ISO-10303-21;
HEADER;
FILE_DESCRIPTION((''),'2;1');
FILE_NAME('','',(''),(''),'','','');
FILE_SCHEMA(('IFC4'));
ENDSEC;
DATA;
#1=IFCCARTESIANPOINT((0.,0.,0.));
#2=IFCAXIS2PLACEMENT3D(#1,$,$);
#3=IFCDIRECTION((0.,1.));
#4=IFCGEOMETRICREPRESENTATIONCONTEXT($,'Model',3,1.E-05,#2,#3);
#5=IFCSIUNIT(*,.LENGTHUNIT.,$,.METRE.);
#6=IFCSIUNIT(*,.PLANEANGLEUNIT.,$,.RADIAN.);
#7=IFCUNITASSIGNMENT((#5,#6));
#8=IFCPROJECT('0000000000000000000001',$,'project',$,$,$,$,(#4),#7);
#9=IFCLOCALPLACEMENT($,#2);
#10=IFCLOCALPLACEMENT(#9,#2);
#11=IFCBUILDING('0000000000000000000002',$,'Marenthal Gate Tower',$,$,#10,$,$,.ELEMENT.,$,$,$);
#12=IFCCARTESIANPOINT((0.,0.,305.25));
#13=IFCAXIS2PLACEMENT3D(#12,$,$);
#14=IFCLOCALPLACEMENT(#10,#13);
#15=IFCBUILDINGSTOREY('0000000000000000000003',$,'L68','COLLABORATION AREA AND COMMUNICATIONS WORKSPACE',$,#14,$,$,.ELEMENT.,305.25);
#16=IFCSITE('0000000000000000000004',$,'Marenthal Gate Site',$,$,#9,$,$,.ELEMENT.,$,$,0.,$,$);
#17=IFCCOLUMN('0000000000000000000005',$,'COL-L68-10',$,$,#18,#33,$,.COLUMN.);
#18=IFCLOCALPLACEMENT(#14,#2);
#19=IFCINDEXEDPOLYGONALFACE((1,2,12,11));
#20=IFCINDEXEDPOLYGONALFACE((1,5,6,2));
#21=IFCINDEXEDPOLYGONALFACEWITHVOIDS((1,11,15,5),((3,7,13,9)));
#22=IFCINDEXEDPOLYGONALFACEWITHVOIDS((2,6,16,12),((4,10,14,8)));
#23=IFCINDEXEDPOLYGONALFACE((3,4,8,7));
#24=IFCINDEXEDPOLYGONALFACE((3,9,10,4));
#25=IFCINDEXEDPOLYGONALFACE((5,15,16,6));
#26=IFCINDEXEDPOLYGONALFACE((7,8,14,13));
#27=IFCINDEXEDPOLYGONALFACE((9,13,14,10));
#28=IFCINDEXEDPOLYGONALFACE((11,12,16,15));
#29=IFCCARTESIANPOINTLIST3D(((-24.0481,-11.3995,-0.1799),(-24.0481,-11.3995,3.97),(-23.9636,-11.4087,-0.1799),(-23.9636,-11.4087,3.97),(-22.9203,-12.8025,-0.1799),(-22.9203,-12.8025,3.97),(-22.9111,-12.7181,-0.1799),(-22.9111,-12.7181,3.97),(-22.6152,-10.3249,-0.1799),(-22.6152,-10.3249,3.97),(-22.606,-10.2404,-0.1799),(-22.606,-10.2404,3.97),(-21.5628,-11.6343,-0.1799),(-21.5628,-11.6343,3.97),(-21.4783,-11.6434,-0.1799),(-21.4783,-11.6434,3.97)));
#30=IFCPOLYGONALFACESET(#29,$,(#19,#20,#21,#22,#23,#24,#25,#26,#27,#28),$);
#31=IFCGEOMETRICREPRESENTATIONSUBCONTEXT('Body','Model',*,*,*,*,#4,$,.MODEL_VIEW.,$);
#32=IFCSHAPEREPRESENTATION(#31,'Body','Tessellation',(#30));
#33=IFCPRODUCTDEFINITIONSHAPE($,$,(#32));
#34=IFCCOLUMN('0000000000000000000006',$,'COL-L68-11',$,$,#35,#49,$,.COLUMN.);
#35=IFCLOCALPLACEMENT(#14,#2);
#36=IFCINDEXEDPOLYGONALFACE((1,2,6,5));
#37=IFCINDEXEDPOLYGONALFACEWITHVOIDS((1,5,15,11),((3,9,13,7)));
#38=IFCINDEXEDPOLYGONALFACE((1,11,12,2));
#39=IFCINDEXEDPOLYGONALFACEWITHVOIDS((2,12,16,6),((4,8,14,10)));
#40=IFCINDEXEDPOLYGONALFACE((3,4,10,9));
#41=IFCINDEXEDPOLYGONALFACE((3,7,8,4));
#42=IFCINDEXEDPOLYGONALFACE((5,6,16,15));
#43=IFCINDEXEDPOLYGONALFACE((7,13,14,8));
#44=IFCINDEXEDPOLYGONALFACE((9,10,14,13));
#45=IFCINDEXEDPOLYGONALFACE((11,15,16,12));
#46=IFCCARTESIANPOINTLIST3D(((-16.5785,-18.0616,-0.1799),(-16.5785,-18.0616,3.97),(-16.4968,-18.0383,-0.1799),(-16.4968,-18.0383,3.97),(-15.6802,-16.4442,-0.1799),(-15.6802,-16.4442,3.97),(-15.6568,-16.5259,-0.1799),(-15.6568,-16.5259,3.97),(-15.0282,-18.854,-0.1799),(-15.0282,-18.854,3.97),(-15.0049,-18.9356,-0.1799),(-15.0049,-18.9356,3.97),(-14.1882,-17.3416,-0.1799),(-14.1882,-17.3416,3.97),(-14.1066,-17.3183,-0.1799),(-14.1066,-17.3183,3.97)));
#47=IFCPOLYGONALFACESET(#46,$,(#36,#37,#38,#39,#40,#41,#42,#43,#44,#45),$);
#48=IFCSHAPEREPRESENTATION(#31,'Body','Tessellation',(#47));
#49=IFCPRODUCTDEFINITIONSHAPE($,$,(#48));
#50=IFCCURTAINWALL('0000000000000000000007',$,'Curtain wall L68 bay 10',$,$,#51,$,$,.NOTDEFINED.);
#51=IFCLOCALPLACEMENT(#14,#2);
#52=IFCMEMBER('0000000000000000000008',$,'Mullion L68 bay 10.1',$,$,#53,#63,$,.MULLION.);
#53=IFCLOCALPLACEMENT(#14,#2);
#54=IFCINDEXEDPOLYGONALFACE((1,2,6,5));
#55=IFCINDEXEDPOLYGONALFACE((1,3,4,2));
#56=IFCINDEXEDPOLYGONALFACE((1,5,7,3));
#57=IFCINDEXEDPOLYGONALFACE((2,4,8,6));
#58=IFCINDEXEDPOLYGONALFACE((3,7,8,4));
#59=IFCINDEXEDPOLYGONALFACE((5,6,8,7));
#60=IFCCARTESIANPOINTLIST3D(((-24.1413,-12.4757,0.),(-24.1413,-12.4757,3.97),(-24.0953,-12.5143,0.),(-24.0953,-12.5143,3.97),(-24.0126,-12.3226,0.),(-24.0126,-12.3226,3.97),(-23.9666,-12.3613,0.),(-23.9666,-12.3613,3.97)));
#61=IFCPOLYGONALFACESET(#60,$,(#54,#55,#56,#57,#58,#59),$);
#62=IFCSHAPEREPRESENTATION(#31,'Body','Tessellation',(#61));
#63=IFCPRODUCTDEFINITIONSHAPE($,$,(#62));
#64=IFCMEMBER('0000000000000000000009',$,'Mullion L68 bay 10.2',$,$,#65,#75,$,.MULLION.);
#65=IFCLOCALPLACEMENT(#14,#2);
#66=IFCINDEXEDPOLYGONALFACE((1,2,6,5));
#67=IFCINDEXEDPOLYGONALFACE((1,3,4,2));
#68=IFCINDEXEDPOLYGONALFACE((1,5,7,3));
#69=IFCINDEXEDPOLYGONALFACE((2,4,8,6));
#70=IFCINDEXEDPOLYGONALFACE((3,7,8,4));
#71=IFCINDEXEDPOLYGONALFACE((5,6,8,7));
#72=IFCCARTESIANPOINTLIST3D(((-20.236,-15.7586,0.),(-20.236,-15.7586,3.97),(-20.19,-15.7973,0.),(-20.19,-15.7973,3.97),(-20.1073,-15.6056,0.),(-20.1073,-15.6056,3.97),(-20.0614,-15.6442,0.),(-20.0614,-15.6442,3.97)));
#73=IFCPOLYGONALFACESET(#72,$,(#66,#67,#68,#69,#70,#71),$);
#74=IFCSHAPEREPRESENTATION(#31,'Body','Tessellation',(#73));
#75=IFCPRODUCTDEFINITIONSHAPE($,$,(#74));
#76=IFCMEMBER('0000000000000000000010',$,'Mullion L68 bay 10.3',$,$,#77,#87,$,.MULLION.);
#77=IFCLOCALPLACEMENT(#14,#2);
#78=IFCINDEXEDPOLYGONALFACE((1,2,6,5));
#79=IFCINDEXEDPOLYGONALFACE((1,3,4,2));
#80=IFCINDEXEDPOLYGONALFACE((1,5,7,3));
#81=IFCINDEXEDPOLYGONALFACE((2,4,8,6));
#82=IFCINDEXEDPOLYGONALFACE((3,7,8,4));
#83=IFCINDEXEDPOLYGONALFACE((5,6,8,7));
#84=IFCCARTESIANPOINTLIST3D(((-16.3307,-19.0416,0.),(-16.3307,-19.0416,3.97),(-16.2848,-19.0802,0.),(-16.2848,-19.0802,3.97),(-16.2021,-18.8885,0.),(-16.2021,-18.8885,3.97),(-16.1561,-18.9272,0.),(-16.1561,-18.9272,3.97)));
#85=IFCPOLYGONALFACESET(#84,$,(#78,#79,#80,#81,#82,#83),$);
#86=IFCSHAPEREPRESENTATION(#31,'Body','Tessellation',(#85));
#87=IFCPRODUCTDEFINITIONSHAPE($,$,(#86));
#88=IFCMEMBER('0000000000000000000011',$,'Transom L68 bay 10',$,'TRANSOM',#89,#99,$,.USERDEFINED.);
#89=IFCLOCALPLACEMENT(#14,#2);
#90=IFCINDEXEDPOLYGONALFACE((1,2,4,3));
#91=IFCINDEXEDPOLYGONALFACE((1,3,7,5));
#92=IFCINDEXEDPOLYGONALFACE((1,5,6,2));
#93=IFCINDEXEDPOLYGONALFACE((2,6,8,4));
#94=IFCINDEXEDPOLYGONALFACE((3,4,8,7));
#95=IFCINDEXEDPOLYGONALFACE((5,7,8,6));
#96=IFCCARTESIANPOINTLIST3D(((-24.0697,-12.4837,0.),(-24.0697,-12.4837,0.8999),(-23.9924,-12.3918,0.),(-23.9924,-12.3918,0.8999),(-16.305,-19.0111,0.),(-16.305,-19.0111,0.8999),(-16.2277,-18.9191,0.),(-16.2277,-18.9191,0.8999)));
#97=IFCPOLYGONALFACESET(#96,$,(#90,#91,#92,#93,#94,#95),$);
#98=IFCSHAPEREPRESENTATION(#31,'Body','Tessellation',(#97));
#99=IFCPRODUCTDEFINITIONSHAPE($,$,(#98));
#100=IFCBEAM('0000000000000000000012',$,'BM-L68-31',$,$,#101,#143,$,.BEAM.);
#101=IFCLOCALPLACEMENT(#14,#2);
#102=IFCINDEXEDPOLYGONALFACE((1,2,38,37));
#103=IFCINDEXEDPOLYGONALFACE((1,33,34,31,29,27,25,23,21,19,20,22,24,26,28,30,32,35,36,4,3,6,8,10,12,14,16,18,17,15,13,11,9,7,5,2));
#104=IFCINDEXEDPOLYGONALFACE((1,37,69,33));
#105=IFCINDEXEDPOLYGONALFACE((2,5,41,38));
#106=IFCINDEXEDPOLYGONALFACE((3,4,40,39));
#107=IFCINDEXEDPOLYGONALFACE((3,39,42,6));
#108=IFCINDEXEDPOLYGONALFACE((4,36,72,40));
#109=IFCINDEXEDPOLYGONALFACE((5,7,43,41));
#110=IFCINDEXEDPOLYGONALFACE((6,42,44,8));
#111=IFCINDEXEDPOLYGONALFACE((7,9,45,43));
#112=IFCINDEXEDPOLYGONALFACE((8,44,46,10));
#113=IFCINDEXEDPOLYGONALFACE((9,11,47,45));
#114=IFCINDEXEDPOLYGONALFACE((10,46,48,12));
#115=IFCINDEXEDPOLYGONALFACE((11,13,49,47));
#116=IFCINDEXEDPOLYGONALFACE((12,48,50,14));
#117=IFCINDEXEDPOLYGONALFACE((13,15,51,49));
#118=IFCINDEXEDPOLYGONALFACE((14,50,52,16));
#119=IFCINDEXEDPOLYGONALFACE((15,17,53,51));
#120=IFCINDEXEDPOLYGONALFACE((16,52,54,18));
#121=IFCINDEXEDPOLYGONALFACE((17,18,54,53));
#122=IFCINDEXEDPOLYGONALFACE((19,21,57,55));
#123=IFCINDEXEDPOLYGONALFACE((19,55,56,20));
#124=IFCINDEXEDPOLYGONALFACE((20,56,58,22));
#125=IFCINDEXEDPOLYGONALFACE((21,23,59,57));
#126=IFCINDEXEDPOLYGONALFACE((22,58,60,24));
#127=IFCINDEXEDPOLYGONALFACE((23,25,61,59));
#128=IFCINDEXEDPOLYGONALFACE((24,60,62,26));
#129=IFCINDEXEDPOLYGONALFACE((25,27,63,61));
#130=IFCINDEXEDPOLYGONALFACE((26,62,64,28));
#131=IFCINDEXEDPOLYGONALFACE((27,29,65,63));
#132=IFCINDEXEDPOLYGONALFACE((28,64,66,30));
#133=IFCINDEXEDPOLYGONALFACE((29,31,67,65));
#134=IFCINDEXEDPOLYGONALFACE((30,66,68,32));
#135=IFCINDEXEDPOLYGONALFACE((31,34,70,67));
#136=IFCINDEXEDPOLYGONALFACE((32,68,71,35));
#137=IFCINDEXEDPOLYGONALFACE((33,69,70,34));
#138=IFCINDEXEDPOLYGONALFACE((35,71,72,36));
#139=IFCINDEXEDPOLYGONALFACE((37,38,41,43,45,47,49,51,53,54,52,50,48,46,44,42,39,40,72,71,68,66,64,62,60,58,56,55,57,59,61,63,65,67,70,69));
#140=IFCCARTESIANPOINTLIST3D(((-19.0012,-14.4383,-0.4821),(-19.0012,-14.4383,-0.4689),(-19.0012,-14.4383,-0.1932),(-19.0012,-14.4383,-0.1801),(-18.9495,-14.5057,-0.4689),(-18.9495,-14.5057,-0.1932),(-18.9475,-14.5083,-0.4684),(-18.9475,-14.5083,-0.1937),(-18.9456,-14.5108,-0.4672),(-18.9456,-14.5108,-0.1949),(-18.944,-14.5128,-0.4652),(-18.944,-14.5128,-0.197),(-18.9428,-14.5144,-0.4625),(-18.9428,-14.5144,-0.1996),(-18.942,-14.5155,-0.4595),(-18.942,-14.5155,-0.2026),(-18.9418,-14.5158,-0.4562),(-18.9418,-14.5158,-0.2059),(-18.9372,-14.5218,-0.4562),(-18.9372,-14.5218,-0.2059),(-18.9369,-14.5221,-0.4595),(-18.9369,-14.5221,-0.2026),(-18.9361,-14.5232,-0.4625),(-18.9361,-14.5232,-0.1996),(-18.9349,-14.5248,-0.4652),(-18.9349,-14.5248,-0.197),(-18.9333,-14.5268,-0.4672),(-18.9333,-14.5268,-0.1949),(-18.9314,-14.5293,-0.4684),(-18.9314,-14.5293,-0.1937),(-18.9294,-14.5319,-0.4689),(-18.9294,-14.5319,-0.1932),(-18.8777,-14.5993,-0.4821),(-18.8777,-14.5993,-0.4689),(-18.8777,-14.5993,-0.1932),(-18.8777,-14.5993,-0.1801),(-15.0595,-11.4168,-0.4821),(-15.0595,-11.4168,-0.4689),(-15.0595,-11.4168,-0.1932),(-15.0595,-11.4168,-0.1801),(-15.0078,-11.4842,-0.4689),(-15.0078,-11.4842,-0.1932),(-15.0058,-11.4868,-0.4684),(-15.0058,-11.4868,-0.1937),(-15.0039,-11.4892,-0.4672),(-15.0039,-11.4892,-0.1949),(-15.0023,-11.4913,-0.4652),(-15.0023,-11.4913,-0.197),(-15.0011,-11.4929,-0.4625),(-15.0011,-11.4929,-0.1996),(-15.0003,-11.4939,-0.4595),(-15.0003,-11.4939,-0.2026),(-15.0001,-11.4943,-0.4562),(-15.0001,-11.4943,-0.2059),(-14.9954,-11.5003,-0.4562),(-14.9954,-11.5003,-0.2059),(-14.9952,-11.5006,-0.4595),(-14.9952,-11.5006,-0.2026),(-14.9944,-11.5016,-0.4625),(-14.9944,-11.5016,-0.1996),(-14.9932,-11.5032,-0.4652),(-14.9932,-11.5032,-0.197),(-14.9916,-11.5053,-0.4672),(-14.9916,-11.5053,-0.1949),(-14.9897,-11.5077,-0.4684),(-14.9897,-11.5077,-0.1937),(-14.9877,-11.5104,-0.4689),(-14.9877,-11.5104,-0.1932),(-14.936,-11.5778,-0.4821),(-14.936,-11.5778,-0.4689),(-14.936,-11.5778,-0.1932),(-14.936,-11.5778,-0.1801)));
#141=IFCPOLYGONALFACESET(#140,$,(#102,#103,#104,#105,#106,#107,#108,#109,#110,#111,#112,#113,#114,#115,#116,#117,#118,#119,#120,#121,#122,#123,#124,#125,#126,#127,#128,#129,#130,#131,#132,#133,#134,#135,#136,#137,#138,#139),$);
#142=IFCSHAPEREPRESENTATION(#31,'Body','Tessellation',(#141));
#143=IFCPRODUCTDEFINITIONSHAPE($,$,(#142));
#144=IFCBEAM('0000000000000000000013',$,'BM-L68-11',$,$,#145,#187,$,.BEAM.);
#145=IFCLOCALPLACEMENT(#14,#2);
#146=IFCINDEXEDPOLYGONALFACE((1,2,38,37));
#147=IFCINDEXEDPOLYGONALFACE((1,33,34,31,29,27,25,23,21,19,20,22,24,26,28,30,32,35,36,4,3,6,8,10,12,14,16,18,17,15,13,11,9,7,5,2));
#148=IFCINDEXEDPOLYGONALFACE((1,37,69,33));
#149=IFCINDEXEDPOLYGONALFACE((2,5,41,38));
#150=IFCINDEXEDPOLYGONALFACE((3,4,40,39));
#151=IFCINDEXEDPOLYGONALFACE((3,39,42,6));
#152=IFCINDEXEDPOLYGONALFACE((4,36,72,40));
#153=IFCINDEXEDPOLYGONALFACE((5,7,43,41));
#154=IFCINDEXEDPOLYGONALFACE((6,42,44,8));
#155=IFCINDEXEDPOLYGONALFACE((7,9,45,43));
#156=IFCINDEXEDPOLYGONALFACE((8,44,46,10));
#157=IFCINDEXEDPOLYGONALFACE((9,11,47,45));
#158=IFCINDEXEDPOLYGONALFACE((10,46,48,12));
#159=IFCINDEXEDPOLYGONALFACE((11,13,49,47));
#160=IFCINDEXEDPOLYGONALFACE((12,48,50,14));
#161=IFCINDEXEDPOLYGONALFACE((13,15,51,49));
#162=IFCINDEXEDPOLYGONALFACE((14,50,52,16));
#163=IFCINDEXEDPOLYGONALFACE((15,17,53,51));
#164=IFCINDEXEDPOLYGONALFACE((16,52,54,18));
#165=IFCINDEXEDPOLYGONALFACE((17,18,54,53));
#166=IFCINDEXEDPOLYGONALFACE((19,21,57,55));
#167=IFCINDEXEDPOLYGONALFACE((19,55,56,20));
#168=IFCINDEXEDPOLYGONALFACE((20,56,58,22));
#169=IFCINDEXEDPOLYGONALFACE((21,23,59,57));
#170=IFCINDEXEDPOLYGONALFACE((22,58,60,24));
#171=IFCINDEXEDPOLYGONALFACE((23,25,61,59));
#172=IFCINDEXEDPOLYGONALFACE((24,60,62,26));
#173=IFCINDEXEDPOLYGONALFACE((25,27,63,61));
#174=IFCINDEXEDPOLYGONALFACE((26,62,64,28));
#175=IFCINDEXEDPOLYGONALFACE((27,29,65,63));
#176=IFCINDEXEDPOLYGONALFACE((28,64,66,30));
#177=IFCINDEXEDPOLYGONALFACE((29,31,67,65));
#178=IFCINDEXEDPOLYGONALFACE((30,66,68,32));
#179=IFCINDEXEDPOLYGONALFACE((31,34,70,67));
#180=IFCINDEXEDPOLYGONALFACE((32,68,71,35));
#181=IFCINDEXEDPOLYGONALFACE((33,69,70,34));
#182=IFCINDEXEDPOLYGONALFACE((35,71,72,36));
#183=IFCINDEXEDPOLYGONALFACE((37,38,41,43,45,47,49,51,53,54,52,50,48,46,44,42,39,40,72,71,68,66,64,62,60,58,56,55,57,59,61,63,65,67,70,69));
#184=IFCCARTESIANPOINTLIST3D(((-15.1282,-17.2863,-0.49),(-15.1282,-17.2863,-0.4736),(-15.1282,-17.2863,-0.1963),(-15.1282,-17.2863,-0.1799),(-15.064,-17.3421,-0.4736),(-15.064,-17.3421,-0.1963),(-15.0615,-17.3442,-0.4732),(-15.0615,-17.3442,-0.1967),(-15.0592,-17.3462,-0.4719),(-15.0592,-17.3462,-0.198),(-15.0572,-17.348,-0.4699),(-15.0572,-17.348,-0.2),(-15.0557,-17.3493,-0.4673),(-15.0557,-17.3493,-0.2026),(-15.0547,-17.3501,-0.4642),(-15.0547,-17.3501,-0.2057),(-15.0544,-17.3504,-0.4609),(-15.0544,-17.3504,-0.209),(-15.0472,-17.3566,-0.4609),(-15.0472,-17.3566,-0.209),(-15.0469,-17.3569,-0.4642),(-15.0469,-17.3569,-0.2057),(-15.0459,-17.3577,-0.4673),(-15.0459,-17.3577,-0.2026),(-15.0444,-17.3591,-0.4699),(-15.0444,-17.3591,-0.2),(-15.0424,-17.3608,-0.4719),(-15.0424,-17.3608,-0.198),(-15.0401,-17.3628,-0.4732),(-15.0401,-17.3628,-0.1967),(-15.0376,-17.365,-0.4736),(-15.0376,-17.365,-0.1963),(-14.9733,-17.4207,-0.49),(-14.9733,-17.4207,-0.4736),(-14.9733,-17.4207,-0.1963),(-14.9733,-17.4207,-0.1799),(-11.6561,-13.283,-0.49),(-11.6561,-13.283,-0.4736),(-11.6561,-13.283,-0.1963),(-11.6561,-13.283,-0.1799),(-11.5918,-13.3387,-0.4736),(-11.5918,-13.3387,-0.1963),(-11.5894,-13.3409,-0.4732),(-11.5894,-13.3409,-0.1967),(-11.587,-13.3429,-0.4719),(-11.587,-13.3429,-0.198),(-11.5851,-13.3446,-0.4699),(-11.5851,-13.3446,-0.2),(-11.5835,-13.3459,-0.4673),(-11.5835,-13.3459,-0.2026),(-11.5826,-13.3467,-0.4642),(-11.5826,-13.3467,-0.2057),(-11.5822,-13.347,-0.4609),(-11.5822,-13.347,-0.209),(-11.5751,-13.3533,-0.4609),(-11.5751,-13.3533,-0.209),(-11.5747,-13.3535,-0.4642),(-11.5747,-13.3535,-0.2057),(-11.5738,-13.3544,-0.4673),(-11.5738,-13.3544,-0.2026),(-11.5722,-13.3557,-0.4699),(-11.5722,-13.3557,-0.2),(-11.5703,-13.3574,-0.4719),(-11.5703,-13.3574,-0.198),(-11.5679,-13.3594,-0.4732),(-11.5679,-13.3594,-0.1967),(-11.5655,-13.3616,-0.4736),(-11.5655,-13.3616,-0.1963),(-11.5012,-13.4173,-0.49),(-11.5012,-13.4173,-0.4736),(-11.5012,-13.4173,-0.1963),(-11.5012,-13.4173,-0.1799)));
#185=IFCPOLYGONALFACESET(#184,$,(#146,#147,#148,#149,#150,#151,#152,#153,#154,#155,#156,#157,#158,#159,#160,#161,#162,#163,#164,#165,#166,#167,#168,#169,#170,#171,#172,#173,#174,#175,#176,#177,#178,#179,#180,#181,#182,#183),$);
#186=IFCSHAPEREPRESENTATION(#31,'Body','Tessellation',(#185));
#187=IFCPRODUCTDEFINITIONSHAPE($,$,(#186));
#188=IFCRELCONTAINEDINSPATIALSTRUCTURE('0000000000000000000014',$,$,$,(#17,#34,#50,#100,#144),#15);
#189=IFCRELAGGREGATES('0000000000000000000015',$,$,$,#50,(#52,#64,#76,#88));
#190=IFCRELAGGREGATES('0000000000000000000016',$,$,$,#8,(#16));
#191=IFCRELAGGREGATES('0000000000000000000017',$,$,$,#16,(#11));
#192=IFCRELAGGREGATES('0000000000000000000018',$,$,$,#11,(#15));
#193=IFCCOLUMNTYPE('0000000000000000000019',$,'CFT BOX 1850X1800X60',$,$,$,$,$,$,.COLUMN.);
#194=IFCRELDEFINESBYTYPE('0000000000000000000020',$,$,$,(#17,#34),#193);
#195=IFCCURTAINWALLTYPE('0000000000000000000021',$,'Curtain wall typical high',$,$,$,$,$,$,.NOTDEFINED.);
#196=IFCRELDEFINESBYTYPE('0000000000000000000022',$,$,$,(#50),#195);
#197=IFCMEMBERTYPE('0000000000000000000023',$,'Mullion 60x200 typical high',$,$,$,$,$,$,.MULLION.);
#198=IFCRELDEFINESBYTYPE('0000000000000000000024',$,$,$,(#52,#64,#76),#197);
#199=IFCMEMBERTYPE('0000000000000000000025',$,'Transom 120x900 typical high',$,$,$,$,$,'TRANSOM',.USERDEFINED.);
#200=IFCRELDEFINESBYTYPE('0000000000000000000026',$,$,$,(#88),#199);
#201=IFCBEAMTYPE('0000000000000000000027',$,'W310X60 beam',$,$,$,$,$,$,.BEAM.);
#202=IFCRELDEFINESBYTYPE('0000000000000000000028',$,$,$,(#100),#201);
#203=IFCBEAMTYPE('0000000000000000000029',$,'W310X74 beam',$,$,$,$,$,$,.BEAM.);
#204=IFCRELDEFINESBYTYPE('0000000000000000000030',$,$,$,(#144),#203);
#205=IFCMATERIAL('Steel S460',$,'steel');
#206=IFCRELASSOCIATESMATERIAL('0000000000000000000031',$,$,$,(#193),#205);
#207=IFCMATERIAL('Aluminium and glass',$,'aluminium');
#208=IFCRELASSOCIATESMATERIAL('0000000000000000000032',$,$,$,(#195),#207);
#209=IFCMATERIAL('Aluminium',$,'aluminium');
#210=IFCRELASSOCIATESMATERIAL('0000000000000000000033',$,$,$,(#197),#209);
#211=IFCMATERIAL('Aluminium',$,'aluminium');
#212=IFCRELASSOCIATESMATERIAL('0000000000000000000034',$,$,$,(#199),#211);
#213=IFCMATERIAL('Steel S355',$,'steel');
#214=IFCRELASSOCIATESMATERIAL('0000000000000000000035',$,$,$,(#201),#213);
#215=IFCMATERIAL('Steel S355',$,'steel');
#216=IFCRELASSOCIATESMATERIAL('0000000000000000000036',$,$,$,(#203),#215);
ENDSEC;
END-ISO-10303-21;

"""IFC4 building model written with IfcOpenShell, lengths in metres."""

from ifc_helpers import new_model, si_unit, direction, frame, origin, origin_2d, place, context, subcontext, project, spatial, rectangle, hollow_rectangle, i_section, extrude, material, material_profile, profile_set, type_object, element, aggregate, save


model = new_model("IFC4")

# Units and contexts
model_context = context("Model", 3, precision=1e-05, world=origin(), true_north=direction((0.0, 1.0)))
body_context = subcontext(model_context, "Body", "Model", "MODEL_VIEW")
ifc_project = project(units=[si_unit("LENGTHUNIT", "METRE"), si_unit("PLANEANGLEUNIT", "RADIAN")], contexts=[model_context])

# Site, building, storey
site_placement = place(None, origin())
site = spatial("IfcSite", under=ifc_project, at=site_placement, Name="Marenthal Gate Site", CompositionType="ELEMENT", RefElevation=0.0)
building_placement = place(site_placement, origin())
building = spatial("IfcBuilding", under=site, at=building_placement, Name="Marenthal Gate Tower", CompositionType="ELEMENT")
storey_placement = place(building_placement, frame((0.0, 0.0, 305.25)))
storey = spatial("IfcBuildingStorey", under=building, at=storey_placement, Name="L68", Description="COLLABORATION AREA AND COMMUNICATIONS WORKSPACE", CompositionType="ELEMENT", Elevation=305.25)

# Columns
ifc_material_1 = material(Name="Steel S460", Category="steel")
ifc_material_profile_1 = material_profile(ifc_material_1, hollow_rectangle(XDim=1.8, YDim=1.8501, WallThickness=0.0601, at=origin_2d()), Name="CFT BOX 1850X1800X60")
ifc_material_2 = material(Name="Concrete 70 MPa", Category="concrete")
ifc_material_profile_2 = material_profile(ifc_material_2, rectangle(XDim=1.6799, YDim=1.73, at=origin_2d()), Name="CFT BOX 1850X1800X60 INFILL")
ifc_profile_set_1 = profile_set([ifc_material_profile_1, ifc_material_profile_2], Name="Steel S460 shell, Concrete 70 MPa infill")
column_type = type_object("IfcColumnType", Name="CFT BOX 1850X1800X60", PredefinedType="COLUMN", material=ifc_profile_set_1)
for number, where, z_axis, x_axis, name in (
    (1, (-22.7632, -11.5215, -0.1799), (0.0, 0.0, 1.0), (-0.626499, 0.779422, 0.0), "COL-L68-10"),
    (2, (-15.3425, -17.6899, -0.1799), (0.0, 0.0, 1.0), (-0.8742, 0.485567, 0.0), "COL-L68-11"),
):
    element("IfcColumn", number, at=place(storey_placement, frame(where, z_axis=z_axis, x_axis=x_axis)), inside=storey, type_object=column_type, Name=name, PredefinedType="COLUMN", context=body_context, shape_type="SweptSolid", body=[
        extrude(hollow_rectangle(XDim=1.8, YDim=1.8501, WallThickness=0.0601, at=origin_2d()), origin(), (0.0, 0.0, 1.0), 4.1499),
    ])

# Curtain wall, members
ifc_material_3 = material(Name="Aluminium and glass", Category="aluminium")
curtain_wall_type = type_object("IfcCurtainWallType", Name="Curtain wall typical high", PredefinedType="NOTDEFINED", material=ifc_material_3)
curtain_wall_placement = place(storey_placement, origin())
curtain_wall = element("IfcCurtainWall", 3, at=curtain_wall_placement, inside=storey, type_object=curtain_wall_type, Name="Curtain wall L68 bay 10", PredefinedType="NOTDEFINED")
ifc_material_4 = material(Name="Aluminium", Category="aluminium")
ifc_material_profile_3 = material_profile(ifc_material_4, rectangle(XDim=0.2, YDim=0.0601, at=origin_2d()), Name="60x200 aluminium mullion")
ifc_profile_set_2 = profile_set([ifc_material_profile_3], Name="Aluminium")
member_type_1 = type_object("IfcMemberType", Name="Mullion 60x200 typical high", PredefinedType="MULLION", material=ifc_profile_set_2)
member_1_placement = place(storey_placement, frame((-24.054, -12.4185, 0.0), z_axis=(0.0, 0.0, 1.0), x_axis=(0.64348, 0.765463, 0.0)))
member_1 = element("IfcMember", 4, at=member_1_placement, type_object=member_type_1, Name="Mullion L68 bay 10.1", PredefinedType="MULLION", context=body_context, shape_type="SweptSolid", body=[
    extrude(rectangle(XDim=0.2, YDim=0.0601, at=origin_2d()), origin(), (0.0, 0.0, 1.0), 3.97),
])
member_2_placement = place(storey_placement, frame((-20.1487, -15.7014, 0.0), z_axis=(0.0, 0.0, 1.0), x_axis=(0.64348, 0.765463, 0.0)))
member_2 = element("IfcMember", 5, at=member_2_placement, type_object=member_type_1, Name="Mullion L68 bay 10.2", PredefinedType="MULLION", context=body_context, shape_type="SweptSolid", body=[
    extrude(rectangle(XDim=0.2, YDim=0.0601, at=origin_2d()), origin(), (0.0, 0.0, 1.0), 3.97),
])
member_3_placement = place(storey_placement, frame((-16.2434, -18.9844, 0.0), z_axis=(0.0, 0.0, 1.0), x_axis=(0.64348, 0.765463, 0.0)))
member_3 = element("IfcMember", 6, at=member_3_placement, type_object=member_type_1, Name="Mullion L68 bay 10.3", PredefinedType="MULLION", context=body_context, shape_type="SweptSolid", body=[
    extrude(rectangle(XDim=0.2, YDim=0.0601, at=origin_2d()), origin(), (0.0, 0.0, 1.0), 3.97),
])
ifc_material_5 = material(Name="Aluminium", Category="aluminium")
ifc_material_profile_4 = material_profile(ifc_material_5, rectangle(XDim=0.1201, YDim=0.8999, at=origin_2d()), Name="120x900 aluminium transom")
ifc_profile_set_3 = profile_set([ifc_material_profile_4], Name="Aluminium")
member_type_2 = type_object("IfcMemberType", Name="Transom 120x900 typical high", ElementType="TRANSOM", PredefinedType="USERDEFINED", material=ifc_profile_set_3)
member_4_placement = place(storey_placement, frame((-24.031, -12.4377, 0.45), z_axis=(0.76546, -0.643483, 0.0), x_axis=(0.643483, 0.76546, 0.0)))
member_4 = element("IfcMember", 7, at=member_4_placement, type_object=member_type_2, Name="Transom L68 bay 10", ObjectType="TRANSOM", PredefinedType="USERDEFINED", context=body_context, shape_type="SweptSolid", body=[
    extrude(rectangle(XDim=0.1201, YDim=0.8999, at=origin_2d()), origin(), (0.0, 0.0, 1.0), 10.1438),
])

# Beams
ifc_material_6 = material(Name="Steel S355", Category="steel")
ifc_material_profile_5 = material_profile(ifc_material_6, i_section(OverallWidth=0.2029, OverallDepth=0.302, WebThickness=0.0076, FlangeThickness=0.0132, FilletRadius=0.0127, at=origin_2d()), Name="W310X60")
ifc_profile_set_4 = profile_set([ifc_material_profile_5], Name="Steel S355")
beam_type_1 = type_object("IfcBeamType", Name="W310X60 beam", PredefinedType="BEAM", material=ifc_profile_set_4)
beam_1_placement = place(storey_placement, frame((-18.9395, -14.5188, -0.3311), z_axis=(0.79365, 0.608375, 0.0), x_axis=(-0.608375, 0.79365, 0.0)))
element("IfcBeam", 8, at=beam_1_placement, inside=storey, type_object=beam_type_1, Name="BM-L68-31", PredefinedType="BEAM", context=body_context, shape_type="SweptSolid", body=[
    extrude(i_section(OverallWidth=0.2029, OverallDepth=0.302, WebThickness=0.0076, FlangeThickness=0.0132, FilletRadius=0.0127, at=origin_2d()), origin(), (0.0, 0.0, 1.0), 4.9666),
])
ifc_material_7 = material(Name="Steel S355", Category="steel")
ifc_material_profile_6 = material_profile(ifc_material_7, i_section(OverallWidth=0.2051, OverallDepth=0.3101, WebThickness=0.0095, FlangeThickness=0.0164, FilletRadius=0.0127, at=origin_2d()), Name="W310X74")
ifc_profile_set_5 = profile_set([ifc_material_profile_6], Name="Steel S355")
beam_type_2 = type_object("IfcBeamType", Name="W310X74 beam", PredefinedType="BEAM", material=ifc_profile_set_5)
beam_2_placement = place(storey_placement, frame((-15.0508, -17.3535, -0.335), z_axis=(0.655204, 0.755452, 0.0), x_axis=(-0.755452, 0.655204, 0.0)))
element("IfcBeam", 9, at=beam_2_placement, inside=storey, type_object=beam_type_2, Name="BM-L68-11", PredefinedType="BEAM", context=body_context, shape_type="SweptSolid", body=[
    extrude(i_section(OverallWidth=0.2051, OverallDepth=0.3101, WebThickness=0.0095, FlangeThickness=0.0164, FilletRadius=0.0127, at=origin_2d()), origin(), (0.0, 0.0, 1.0), 5.2993),
])

aggregate(curtain_wall, [member_1, member_2, member_3, member_4])

save(model, "model.ifc")
